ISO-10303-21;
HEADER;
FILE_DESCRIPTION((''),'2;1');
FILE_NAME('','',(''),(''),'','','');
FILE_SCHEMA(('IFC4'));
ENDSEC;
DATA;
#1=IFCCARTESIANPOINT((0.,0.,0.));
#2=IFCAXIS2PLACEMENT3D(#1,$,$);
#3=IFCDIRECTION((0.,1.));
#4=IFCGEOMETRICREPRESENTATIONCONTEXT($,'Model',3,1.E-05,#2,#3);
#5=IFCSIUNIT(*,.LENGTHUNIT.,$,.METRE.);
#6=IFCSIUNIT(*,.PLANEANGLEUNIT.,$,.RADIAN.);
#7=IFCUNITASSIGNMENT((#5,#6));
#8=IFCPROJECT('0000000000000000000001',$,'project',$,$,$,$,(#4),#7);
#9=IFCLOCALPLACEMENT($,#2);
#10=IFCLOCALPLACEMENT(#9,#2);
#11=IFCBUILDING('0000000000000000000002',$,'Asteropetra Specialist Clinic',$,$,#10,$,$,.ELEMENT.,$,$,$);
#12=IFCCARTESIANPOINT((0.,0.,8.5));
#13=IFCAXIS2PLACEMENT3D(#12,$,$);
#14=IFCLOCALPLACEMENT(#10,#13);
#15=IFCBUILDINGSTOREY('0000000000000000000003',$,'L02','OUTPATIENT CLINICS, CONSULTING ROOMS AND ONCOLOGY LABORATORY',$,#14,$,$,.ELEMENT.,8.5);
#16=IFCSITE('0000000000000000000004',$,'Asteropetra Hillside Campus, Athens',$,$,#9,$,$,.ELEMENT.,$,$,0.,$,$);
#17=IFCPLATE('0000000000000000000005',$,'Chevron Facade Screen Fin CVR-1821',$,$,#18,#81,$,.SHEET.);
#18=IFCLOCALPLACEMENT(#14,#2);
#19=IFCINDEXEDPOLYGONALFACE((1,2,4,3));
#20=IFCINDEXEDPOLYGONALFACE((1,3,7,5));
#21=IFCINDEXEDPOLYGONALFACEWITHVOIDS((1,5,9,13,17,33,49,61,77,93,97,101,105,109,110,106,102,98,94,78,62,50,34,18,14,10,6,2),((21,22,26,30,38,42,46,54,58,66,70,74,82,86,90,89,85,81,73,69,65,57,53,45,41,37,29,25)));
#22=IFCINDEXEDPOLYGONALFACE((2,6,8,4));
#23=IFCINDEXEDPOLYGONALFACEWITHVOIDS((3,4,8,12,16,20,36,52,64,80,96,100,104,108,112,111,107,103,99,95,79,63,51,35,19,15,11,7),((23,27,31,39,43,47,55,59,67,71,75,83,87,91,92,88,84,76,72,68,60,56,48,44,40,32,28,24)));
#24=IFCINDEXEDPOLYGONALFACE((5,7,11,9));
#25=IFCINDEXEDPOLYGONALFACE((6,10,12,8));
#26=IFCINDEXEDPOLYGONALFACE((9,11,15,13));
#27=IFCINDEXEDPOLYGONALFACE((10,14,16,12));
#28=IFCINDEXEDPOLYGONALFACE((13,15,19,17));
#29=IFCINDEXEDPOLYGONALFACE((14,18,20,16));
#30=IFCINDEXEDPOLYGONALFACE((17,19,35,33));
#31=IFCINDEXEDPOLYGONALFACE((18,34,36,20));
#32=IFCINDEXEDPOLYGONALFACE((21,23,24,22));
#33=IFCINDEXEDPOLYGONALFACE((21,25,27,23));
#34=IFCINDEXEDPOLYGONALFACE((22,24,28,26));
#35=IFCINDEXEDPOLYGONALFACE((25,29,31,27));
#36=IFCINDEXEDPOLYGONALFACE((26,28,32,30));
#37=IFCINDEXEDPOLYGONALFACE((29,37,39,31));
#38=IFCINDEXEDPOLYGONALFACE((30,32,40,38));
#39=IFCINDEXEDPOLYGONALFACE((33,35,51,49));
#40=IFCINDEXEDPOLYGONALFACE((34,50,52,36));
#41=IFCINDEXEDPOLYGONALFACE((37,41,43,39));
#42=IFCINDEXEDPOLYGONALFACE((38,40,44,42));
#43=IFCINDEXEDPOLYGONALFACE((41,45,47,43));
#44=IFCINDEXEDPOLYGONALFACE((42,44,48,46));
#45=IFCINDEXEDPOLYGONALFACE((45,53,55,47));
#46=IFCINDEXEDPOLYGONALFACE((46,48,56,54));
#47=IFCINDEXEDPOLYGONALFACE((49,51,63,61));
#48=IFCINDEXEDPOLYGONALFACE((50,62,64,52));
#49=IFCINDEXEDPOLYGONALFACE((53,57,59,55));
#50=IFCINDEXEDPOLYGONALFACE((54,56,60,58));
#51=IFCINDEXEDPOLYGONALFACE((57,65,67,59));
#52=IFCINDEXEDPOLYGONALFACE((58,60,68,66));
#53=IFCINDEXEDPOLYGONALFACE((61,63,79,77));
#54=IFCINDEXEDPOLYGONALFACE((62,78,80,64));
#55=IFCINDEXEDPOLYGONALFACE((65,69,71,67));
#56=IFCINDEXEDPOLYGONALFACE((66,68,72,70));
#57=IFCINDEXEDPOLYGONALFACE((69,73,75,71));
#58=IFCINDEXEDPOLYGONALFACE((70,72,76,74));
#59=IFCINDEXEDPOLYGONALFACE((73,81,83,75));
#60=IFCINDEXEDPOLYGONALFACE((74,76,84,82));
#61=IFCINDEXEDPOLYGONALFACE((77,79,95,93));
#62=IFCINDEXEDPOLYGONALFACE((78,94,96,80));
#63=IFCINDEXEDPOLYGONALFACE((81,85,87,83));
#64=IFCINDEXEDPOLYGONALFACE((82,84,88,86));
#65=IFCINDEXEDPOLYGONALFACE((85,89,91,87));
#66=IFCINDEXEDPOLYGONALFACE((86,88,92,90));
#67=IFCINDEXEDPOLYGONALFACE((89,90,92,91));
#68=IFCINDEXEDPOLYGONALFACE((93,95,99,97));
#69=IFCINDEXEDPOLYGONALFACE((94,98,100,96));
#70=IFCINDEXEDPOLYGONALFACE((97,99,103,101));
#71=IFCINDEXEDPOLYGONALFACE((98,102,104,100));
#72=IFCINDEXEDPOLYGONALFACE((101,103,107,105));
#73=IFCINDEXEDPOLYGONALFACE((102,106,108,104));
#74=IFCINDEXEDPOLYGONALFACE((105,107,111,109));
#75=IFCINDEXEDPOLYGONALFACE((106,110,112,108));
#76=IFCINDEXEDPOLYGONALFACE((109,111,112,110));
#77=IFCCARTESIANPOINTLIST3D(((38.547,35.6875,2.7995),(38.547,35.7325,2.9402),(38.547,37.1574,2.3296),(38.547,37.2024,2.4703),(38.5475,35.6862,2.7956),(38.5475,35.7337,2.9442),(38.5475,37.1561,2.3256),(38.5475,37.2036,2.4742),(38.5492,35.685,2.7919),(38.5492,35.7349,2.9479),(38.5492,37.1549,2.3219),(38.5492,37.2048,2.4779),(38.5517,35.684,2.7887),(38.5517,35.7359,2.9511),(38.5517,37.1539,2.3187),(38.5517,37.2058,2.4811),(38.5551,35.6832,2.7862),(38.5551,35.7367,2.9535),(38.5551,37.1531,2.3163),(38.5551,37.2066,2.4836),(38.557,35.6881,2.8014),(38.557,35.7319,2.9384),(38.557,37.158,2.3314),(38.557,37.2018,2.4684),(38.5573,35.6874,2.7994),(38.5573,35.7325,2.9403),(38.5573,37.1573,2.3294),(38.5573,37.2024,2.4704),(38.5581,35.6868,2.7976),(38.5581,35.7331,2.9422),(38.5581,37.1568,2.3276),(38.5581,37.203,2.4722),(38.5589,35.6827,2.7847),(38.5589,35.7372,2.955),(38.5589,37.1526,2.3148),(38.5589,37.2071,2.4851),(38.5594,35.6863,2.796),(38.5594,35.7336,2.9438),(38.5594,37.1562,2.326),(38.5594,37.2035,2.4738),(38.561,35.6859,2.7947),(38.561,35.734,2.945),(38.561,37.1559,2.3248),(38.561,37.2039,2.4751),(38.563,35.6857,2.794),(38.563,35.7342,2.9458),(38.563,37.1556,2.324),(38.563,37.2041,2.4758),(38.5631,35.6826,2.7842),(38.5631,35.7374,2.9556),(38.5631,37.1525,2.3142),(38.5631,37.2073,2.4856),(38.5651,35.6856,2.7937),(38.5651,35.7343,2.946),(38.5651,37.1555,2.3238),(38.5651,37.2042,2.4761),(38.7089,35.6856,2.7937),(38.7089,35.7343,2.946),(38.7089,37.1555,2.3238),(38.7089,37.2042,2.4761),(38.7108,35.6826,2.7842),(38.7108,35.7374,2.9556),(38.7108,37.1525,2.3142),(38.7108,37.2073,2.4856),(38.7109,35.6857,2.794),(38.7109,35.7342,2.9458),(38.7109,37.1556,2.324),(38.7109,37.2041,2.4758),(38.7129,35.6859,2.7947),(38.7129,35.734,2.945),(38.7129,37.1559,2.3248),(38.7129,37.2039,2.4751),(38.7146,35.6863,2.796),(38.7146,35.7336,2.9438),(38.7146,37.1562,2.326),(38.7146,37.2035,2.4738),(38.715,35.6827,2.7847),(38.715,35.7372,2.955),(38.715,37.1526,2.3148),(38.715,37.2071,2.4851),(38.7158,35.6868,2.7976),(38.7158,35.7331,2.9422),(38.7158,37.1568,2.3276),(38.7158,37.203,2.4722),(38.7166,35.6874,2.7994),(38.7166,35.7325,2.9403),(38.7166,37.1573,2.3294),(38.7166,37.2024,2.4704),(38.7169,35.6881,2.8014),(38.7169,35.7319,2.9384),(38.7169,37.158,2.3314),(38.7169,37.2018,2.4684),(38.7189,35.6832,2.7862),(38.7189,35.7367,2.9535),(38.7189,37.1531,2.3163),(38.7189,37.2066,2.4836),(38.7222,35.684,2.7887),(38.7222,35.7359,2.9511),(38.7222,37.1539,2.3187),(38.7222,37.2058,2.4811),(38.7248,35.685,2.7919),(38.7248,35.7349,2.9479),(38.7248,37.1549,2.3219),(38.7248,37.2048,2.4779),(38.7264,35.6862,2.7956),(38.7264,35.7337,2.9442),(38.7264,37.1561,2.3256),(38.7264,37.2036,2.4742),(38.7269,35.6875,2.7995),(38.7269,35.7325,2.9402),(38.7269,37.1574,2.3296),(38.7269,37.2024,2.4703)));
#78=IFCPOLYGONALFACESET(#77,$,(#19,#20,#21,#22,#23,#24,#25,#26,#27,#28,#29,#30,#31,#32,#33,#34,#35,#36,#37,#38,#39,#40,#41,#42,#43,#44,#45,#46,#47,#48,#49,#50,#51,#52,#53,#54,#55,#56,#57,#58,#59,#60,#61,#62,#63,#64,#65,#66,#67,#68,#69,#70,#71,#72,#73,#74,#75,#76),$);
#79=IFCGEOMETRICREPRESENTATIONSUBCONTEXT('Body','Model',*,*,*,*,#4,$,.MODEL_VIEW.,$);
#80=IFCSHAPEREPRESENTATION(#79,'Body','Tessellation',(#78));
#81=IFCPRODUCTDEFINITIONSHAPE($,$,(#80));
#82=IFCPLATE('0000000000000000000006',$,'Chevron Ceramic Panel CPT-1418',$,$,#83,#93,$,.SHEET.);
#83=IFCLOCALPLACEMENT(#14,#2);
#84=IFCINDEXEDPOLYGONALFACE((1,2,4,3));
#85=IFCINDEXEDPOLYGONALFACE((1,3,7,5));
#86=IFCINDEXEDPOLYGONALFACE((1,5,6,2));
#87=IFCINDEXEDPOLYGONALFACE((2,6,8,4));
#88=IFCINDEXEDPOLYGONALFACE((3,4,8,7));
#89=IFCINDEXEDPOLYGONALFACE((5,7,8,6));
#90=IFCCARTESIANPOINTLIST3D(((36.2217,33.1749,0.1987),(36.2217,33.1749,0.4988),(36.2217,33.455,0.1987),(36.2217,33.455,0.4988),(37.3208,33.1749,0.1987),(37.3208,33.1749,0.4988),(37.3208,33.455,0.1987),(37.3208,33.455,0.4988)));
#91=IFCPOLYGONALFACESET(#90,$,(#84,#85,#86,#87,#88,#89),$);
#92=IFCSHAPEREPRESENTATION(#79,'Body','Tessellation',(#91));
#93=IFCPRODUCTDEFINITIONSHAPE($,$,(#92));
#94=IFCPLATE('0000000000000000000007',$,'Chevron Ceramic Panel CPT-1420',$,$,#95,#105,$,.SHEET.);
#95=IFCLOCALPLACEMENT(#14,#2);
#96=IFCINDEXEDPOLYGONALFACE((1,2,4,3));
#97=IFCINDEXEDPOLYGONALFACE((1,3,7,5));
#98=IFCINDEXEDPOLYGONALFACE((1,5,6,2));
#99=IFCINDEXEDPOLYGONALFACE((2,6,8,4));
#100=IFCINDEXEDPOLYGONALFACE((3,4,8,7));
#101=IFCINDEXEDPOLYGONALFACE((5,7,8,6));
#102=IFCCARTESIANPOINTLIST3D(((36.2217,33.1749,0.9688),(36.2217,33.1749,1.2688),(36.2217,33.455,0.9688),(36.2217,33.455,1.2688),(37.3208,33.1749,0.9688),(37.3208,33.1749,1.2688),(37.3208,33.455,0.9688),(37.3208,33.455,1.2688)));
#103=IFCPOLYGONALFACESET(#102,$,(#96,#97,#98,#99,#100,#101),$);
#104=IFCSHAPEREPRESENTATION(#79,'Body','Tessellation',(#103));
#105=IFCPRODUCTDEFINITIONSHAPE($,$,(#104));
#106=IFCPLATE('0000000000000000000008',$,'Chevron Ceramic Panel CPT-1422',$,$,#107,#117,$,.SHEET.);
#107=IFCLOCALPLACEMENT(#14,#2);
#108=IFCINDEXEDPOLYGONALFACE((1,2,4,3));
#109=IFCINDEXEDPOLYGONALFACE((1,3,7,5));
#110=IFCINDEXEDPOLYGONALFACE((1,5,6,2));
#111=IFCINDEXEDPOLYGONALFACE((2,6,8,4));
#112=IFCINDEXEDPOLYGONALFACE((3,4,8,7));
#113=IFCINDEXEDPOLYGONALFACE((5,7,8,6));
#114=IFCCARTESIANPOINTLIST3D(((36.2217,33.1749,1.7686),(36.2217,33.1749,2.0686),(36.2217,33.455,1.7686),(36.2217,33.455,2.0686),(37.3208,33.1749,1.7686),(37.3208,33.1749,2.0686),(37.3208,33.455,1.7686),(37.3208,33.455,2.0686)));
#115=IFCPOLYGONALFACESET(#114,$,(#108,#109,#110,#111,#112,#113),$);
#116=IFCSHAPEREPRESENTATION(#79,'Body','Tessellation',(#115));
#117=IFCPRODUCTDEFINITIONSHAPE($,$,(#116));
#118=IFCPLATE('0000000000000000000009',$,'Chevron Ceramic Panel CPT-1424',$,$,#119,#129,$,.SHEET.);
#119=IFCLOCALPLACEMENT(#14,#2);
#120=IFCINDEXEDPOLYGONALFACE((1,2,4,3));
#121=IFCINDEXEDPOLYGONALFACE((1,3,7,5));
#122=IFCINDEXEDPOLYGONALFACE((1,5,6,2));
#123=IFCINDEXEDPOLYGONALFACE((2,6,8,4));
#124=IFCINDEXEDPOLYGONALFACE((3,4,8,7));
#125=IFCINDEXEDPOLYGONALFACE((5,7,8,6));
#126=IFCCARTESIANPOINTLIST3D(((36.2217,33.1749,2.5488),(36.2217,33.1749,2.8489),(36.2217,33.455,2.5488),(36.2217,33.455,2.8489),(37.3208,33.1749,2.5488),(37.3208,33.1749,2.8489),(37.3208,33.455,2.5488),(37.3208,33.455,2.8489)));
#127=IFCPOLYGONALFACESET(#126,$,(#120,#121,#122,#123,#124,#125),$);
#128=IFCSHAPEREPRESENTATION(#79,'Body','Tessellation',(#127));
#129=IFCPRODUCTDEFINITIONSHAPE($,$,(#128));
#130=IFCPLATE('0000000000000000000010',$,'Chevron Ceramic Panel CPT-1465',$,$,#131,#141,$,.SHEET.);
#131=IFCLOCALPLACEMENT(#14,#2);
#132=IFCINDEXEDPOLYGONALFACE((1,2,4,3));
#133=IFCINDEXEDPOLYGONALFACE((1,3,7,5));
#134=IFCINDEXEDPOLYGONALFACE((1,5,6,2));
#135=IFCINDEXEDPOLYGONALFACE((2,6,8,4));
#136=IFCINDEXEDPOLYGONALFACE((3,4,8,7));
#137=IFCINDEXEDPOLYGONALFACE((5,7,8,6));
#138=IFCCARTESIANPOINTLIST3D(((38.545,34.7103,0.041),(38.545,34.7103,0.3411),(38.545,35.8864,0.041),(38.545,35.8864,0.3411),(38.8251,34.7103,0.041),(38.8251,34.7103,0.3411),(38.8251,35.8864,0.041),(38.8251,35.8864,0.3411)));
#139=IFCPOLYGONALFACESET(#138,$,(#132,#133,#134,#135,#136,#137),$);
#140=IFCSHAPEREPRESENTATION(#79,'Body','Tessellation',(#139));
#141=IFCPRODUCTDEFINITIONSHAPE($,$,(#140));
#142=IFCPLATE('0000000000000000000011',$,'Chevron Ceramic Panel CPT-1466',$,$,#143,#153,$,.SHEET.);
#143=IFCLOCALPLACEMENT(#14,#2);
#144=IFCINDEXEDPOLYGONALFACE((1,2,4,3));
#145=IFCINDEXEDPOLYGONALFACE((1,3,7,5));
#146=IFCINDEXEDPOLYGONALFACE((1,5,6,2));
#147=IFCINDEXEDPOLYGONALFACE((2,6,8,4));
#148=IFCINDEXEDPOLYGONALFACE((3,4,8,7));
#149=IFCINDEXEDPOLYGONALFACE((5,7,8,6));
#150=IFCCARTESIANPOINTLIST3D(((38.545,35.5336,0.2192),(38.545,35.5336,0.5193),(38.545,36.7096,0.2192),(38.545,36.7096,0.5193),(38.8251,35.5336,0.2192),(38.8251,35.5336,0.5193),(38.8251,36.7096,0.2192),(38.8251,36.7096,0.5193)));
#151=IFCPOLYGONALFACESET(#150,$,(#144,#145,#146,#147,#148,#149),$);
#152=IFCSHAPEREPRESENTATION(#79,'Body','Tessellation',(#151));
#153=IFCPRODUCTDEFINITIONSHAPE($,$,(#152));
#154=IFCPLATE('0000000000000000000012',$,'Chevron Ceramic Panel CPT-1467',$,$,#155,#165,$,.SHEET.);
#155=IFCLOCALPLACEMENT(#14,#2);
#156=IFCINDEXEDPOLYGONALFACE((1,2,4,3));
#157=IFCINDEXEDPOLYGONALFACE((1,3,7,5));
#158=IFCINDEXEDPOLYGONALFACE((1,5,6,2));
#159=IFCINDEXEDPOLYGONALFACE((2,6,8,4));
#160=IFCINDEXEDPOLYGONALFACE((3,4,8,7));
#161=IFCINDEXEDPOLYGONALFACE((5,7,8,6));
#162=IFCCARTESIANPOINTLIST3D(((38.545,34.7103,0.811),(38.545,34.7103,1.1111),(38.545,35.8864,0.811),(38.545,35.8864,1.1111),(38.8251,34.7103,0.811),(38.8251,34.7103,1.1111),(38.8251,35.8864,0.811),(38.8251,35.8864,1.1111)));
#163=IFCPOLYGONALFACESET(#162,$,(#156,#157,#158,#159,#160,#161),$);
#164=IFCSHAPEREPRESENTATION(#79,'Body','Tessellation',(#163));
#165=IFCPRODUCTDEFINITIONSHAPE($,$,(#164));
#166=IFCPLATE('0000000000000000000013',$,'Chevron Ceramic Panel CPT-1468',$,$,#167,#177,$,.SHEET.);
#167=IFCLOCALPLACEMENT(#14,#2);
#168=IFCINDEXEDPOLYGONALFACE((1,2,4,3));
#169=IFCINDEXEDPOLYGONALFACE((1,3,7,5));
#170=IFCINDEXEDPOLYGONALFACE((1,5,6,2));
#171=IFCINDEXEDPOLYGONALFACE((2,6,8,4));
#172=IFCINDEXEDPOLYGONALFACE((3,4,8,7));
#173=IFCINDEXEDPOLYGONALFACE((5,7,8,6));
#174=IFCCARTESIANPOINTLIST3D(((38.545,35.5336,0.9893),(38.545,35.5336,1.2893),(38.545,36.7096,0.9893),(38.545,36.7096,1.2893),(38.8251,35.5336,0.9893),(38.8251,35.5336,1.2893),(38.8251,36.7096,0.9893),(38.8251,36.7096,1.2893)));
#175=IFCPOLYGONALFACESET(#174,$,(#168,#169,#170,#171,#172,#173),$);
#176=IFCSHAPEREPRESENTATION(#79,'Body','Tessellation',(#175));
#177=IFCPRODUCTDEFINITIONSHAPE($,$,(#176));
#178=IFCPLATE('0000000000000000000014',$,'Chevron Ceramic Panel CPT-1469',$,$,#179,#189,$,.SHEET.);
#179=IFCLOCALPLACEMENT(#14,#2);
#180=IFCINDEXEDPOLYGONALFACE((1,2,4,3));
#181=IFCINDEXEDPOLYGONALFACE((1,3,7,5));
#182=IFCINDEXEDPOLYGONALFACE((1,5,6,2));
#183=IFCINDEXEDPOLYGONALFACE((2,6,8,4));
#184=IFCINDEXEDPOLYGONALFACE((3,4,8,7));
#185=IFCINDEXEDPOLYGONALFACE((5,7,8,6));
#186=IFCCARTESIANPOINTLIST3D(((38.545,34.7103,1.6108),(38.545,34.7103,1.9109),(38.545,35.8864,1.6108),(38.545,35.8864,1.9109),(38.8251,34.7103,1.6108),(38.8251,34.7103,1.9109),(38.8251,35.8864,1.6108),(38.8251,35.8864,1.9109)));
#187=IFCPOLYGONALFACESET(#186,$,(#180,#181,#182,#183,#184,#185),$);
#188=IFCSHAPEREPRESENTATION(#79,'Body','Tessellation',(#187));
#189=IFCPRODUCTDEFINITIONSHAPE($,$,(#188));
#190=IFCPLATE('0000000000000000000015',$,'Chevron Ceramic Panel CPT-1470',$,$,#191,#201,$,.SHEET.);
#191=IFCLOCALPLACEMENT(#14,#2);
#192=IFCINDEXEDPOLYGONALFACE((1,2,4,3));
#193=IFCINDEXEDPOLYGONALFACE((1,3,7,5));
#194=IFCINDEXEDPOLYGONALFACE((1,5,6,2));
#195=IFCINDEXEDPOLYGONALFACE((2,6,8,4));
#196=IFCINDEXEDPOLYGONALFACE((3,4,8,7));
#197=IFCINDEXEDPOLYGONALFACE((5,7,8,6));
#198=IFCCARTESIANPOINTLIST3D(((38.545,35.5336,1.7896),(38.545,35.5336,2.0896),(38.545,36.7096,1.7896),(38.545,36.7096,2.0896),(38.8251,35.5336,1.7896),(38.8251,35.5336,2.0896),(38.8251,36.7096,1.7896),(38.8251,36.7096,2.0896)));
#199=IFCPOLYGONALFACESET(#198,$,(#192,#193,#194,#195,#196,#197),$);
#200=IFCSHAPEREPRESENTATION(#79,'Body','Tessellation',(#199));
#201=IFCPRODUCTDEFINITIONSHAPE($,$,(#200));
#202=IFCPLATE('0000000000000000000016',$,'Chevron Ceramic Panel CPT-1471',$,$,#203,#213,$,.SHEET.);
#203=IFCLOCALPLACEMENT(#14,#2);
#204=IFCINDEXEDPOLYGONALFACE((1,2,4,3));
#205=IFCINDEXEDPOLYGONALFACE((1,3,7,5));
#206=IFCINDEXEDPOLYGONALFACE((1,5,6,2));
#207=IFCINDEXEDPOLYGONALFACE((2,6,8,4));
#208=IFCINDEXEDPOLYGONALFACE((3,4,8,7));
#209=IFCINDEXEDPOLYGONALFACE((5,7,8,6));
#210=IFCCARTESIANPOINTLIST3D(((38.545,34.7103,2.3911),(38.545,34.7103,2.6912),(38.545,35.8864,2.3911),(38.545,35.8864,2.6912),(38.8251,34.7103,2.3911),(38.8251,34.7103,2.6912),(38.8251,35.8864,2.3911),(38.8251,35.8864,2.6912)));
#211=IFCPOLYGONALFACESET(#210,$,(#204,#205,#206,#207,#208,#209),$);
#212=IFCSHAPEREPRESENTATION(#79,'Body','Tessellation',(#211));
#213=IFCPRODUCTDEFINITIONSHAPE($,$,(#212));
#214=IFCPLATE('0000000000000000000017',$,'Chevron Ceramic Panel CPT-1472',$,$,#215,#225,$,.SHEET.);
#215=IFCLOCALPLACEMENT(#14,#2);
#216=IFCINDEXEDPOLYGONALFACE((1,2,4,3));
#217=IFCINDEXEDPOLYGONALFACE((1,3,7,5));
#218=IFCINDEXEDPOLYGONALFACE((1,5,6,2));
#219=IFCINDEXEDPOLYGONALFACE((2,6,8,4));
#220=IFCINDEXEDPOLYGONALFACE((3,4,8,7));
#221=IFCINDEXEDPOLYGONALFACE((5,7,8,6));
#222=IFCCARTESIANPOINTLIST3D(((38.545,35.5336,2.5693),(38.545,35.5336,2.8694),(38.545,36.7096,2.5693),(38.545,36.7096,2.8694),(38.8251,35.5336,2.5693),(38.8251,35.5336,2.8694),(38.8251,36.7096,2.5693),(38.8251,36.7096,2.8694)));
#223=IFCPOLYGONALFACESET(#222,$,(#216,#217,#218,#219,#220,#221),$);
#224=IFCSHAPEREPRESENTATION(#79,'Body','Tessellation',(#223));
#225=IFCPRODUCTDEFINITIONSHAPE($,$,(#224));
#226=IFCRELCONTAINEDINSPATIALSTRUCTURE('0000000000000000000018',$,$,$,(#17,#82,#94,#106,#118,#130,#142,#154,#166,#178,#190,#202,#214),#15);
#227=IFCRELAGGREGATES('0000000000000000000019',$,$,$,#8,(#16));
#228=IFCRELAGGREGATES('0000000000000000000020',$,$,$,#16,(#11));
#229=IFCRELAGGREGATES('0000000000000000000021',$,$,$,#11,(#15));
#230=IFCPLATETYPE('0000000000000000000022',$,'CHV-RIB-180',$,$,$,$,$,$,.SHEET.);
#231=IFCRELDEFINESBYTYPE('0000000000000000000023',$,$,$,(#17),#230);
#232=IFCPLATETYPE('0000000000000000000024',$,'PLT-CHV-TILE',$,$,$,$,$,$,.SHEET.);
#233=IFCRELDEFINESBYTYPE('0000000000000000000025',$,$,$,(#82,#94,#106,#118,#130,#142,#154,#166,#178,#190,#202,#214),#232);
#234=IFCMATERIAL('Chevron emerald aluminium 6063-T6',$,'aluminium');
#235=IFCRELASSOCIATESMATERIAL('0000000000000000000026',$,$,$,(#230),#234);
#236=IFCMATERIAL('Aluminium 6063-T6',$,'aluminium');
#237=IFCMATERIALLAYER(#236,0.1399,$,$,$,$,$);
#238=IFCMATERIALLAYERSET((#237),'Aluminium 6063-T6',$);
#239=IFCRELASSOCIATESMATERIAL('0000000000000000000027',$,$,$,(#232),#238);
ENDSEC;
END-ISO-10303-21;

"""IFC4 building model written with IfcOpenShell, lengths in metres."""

from ifc_helpers import new_model, si_unit, direction, frame, origin, origin_2d, place, context, subcontext, project, spatial, rectangle, hollow_rectangle, extrude, material, layer, layer_set, material_profile, profile_set, type_object, element, save


model = new_model("IFC4")

# Units and contexts
model_context = context("Model", 3, precision=1e-05, world=origin(), true_north=direction((0.0, 1.0)))
body_context = subcontext(model_context, "Body", "Model", "MODEL_VIEW")
ifc_project = project(units=[si_unit("LENGTHUNIT", "METRE"), si_unit("PLANEANGLEUNIT", "RADIAN")], contexts=[model_context])

# Site, building, storey
site_placement = place(None, origin())
site = spatial("IfcSite", under=ifc_project, at=site_placement, Name="Asteropetra Hillside Campus, Athens", CompositionType="ELEMENT", RefElevation=0.0)
building_placement = place(site_placement, origin())
building = spatial("IfcBuilding", under=site, at=building_placement, Name="Asteropetra Specialist Clinic", CompositionType="ELEMENT")
storey_placement = place(building_placement, frame((0.0, 0.0, 8.5)))
storey = spatial("IfcBuildingStorey", under=building, at=storey_placement, Name="L02", Description="OUTPATIENT CLINICS, CONSULTING ROOMS AND ONCOLOGY LABORATORY", CompositionType="ELEMENT", Elevation=8.5)

# Plates
ifc_material_1 = material(Name="Chevron emerald aluminium 6063-T6", Category="aluminium")
ifc_material_profile_1 = material_profile(ifc_material_1, hollow_rectangle(XDim=0.1799, YDim=0.1799, WallThickness=0.01, InnerFilletRadius=0.0081, OuterFilletRadius=0.0161, at=origin_2d()), Name="SHS 180x180x10.0")
ifc_profile_set_1 = profile_set([ifc_material_profile_1], Name="Chevron emerald aluminium 6063-T6")
plate_type_1 = type_object("IfcPlateType", Name="CHV-RIB-180", PredefinedType="SHEET", material=ifc_profile_set_1)
for number, where, z_axis, x_axis, name in (
    (1, (38.637, 35.71, 2.8699), (0.0, 0.952503, -0.304529), (-1.0, 0.0, 0.0), "Chevron Facade Screen Fin CVR-1821"),
):
    element("IfcPlate", number, at=place(storey_placement, frame(where, z_axis=z_axis, x_axis=x_axis)), inside=storey, type_object=plate_type_1, Name=name, PredefinedType="SHEET", context=body_context, shape_type="SweptSolid", body=[
        extrude(hollow_rectangle(XDim=0.1799, YDim=0.1799, WallThickness=0.01, InnerFilletRadius=0.0081, OuterFilletRadius=0.0161, at=origin_2d()), origin(), (0.0, 0.0, 1.0), 1.5432),
    ])
ifc_material_2 = material(Name="Aluminium 6063-T6", Category="aluminium")
ifc_layer_1 = layer(ifc_material_2, 0.1399)
ifc_layer_set_1 = layer_set([ifc_layer_1], Name="Aluminium 6063-T6")
plate_type_2 = type_object("IfcPlateType", Name="PLT-CHV-TILE", PredefinedType="SHEET", material=ifc_layer_set_1)
for number, where, z_axis, x_axis, name in (
    (2, (36.7712, 33.3149, 0.1987), (0.0, 0.0, 1.0), (1.0, 0.0, 0.0), "Chevron Ceramic Panel CPT-1418"),
    (3, (36.7712, 33.3149, 0.9688), (0.0, 0.0, 1.0), (1.0, 0.0, 0.0), "Chevron Ceramic Panel CPT-1420"),
    (4, (36.7712, 33.3149, 1.7686), (0.0, 0.0, 1.0), (1.0, 0.0, 0.0), "Chevron Ceramic Panel CPT-1422"),
    (5, (36.7712, 33.3149, 2.5488), (0.0, 0.0, 1.0), (1.0, 0.0, 0.0), "Chevron Ceramic Panel CPT-1424"),
):
    element("IfcPlate", number, at=place(storey_placement, frame(where, z_axis=z_axis, x_axis=x_axis)), inside=storey, type_object=plate_type_2, Name=name, PredefinedType="SHEET", context=body_context, shape_type="SweptSolid", body=[
        extrude(rectangle(XDim=1.0991, YDim=0.28, at=origin_2d()), origin(), (0.0, 0.0, 1.0), 0.3),
    ])
for number, where, z_axis, x_axis, name in (
    (6, (38.6851, 35.2983, 0.041), (0.0, 0.0, 1.0), (1.0, 0.0, 0.0), "Chevron Ceramic Panel CPT-1465"),
    (7, (38.6851, 36.1216, 0.2192), (0.0, 0.0, 1.0), (1.0, 0.0, 0.0), "Chevron Ceramic Panel CPT-1466"),
    (8, (38.6851, 35.2983, 0.811), (0.0, 0.0, 1.0), (1.0, 0.0, 0.0), "Chevron Ceramic Panel CPT-1467"),
    (9, (38.6851, 36.1216, 0.9893), (0.0, 0.0, 1.0), (1.0, 0.0, 0.0), "Chevron Ceramic Panel CPT-1468"),
    (10, (38.6851, 35.2983, 1.6108), (0.0, 0.0, 1.0), (1.0, 0.0, 0.0), "Chevron Ceramic Panel CPT-1469"),
    (11, (38.6851, 36.1216, 1.7896), (0.0, 0.0, 1.0), (1.0, 0.0, 0.0), "Chevron Ceramic Panel CPT-1470"),
    (12, (38.6851, 35.2983, 2.3911), (0.0, 0.0, 1.0), (1.0, 0.0, 0.0), "Chevron Ceramic Panel CPT-1471"),
    (13, (38.6851, 36.1216, 2.5693), (0.0, 0.0, 1.0), (1.0, 0.0, 0.0), "Chevron Ceramic Panel CPT-1472"),
):
    element("IfcPlate", number, at=place(storey_placement, frame(where, z_axis=z_axis, x_axis=x_axis)), inside=storey, type_object=plate_type_2, Name=name, PredefinedType="SHEET", context=body_context, shape_type="SweptSolid", body=[
        extrude(rectangle(XDim=0.28, YDim=1.176, at=origin_2d()), origin(), (0.0, 0.0, 1.0), 0.3),
    ])

save(model, "model.ifc")
